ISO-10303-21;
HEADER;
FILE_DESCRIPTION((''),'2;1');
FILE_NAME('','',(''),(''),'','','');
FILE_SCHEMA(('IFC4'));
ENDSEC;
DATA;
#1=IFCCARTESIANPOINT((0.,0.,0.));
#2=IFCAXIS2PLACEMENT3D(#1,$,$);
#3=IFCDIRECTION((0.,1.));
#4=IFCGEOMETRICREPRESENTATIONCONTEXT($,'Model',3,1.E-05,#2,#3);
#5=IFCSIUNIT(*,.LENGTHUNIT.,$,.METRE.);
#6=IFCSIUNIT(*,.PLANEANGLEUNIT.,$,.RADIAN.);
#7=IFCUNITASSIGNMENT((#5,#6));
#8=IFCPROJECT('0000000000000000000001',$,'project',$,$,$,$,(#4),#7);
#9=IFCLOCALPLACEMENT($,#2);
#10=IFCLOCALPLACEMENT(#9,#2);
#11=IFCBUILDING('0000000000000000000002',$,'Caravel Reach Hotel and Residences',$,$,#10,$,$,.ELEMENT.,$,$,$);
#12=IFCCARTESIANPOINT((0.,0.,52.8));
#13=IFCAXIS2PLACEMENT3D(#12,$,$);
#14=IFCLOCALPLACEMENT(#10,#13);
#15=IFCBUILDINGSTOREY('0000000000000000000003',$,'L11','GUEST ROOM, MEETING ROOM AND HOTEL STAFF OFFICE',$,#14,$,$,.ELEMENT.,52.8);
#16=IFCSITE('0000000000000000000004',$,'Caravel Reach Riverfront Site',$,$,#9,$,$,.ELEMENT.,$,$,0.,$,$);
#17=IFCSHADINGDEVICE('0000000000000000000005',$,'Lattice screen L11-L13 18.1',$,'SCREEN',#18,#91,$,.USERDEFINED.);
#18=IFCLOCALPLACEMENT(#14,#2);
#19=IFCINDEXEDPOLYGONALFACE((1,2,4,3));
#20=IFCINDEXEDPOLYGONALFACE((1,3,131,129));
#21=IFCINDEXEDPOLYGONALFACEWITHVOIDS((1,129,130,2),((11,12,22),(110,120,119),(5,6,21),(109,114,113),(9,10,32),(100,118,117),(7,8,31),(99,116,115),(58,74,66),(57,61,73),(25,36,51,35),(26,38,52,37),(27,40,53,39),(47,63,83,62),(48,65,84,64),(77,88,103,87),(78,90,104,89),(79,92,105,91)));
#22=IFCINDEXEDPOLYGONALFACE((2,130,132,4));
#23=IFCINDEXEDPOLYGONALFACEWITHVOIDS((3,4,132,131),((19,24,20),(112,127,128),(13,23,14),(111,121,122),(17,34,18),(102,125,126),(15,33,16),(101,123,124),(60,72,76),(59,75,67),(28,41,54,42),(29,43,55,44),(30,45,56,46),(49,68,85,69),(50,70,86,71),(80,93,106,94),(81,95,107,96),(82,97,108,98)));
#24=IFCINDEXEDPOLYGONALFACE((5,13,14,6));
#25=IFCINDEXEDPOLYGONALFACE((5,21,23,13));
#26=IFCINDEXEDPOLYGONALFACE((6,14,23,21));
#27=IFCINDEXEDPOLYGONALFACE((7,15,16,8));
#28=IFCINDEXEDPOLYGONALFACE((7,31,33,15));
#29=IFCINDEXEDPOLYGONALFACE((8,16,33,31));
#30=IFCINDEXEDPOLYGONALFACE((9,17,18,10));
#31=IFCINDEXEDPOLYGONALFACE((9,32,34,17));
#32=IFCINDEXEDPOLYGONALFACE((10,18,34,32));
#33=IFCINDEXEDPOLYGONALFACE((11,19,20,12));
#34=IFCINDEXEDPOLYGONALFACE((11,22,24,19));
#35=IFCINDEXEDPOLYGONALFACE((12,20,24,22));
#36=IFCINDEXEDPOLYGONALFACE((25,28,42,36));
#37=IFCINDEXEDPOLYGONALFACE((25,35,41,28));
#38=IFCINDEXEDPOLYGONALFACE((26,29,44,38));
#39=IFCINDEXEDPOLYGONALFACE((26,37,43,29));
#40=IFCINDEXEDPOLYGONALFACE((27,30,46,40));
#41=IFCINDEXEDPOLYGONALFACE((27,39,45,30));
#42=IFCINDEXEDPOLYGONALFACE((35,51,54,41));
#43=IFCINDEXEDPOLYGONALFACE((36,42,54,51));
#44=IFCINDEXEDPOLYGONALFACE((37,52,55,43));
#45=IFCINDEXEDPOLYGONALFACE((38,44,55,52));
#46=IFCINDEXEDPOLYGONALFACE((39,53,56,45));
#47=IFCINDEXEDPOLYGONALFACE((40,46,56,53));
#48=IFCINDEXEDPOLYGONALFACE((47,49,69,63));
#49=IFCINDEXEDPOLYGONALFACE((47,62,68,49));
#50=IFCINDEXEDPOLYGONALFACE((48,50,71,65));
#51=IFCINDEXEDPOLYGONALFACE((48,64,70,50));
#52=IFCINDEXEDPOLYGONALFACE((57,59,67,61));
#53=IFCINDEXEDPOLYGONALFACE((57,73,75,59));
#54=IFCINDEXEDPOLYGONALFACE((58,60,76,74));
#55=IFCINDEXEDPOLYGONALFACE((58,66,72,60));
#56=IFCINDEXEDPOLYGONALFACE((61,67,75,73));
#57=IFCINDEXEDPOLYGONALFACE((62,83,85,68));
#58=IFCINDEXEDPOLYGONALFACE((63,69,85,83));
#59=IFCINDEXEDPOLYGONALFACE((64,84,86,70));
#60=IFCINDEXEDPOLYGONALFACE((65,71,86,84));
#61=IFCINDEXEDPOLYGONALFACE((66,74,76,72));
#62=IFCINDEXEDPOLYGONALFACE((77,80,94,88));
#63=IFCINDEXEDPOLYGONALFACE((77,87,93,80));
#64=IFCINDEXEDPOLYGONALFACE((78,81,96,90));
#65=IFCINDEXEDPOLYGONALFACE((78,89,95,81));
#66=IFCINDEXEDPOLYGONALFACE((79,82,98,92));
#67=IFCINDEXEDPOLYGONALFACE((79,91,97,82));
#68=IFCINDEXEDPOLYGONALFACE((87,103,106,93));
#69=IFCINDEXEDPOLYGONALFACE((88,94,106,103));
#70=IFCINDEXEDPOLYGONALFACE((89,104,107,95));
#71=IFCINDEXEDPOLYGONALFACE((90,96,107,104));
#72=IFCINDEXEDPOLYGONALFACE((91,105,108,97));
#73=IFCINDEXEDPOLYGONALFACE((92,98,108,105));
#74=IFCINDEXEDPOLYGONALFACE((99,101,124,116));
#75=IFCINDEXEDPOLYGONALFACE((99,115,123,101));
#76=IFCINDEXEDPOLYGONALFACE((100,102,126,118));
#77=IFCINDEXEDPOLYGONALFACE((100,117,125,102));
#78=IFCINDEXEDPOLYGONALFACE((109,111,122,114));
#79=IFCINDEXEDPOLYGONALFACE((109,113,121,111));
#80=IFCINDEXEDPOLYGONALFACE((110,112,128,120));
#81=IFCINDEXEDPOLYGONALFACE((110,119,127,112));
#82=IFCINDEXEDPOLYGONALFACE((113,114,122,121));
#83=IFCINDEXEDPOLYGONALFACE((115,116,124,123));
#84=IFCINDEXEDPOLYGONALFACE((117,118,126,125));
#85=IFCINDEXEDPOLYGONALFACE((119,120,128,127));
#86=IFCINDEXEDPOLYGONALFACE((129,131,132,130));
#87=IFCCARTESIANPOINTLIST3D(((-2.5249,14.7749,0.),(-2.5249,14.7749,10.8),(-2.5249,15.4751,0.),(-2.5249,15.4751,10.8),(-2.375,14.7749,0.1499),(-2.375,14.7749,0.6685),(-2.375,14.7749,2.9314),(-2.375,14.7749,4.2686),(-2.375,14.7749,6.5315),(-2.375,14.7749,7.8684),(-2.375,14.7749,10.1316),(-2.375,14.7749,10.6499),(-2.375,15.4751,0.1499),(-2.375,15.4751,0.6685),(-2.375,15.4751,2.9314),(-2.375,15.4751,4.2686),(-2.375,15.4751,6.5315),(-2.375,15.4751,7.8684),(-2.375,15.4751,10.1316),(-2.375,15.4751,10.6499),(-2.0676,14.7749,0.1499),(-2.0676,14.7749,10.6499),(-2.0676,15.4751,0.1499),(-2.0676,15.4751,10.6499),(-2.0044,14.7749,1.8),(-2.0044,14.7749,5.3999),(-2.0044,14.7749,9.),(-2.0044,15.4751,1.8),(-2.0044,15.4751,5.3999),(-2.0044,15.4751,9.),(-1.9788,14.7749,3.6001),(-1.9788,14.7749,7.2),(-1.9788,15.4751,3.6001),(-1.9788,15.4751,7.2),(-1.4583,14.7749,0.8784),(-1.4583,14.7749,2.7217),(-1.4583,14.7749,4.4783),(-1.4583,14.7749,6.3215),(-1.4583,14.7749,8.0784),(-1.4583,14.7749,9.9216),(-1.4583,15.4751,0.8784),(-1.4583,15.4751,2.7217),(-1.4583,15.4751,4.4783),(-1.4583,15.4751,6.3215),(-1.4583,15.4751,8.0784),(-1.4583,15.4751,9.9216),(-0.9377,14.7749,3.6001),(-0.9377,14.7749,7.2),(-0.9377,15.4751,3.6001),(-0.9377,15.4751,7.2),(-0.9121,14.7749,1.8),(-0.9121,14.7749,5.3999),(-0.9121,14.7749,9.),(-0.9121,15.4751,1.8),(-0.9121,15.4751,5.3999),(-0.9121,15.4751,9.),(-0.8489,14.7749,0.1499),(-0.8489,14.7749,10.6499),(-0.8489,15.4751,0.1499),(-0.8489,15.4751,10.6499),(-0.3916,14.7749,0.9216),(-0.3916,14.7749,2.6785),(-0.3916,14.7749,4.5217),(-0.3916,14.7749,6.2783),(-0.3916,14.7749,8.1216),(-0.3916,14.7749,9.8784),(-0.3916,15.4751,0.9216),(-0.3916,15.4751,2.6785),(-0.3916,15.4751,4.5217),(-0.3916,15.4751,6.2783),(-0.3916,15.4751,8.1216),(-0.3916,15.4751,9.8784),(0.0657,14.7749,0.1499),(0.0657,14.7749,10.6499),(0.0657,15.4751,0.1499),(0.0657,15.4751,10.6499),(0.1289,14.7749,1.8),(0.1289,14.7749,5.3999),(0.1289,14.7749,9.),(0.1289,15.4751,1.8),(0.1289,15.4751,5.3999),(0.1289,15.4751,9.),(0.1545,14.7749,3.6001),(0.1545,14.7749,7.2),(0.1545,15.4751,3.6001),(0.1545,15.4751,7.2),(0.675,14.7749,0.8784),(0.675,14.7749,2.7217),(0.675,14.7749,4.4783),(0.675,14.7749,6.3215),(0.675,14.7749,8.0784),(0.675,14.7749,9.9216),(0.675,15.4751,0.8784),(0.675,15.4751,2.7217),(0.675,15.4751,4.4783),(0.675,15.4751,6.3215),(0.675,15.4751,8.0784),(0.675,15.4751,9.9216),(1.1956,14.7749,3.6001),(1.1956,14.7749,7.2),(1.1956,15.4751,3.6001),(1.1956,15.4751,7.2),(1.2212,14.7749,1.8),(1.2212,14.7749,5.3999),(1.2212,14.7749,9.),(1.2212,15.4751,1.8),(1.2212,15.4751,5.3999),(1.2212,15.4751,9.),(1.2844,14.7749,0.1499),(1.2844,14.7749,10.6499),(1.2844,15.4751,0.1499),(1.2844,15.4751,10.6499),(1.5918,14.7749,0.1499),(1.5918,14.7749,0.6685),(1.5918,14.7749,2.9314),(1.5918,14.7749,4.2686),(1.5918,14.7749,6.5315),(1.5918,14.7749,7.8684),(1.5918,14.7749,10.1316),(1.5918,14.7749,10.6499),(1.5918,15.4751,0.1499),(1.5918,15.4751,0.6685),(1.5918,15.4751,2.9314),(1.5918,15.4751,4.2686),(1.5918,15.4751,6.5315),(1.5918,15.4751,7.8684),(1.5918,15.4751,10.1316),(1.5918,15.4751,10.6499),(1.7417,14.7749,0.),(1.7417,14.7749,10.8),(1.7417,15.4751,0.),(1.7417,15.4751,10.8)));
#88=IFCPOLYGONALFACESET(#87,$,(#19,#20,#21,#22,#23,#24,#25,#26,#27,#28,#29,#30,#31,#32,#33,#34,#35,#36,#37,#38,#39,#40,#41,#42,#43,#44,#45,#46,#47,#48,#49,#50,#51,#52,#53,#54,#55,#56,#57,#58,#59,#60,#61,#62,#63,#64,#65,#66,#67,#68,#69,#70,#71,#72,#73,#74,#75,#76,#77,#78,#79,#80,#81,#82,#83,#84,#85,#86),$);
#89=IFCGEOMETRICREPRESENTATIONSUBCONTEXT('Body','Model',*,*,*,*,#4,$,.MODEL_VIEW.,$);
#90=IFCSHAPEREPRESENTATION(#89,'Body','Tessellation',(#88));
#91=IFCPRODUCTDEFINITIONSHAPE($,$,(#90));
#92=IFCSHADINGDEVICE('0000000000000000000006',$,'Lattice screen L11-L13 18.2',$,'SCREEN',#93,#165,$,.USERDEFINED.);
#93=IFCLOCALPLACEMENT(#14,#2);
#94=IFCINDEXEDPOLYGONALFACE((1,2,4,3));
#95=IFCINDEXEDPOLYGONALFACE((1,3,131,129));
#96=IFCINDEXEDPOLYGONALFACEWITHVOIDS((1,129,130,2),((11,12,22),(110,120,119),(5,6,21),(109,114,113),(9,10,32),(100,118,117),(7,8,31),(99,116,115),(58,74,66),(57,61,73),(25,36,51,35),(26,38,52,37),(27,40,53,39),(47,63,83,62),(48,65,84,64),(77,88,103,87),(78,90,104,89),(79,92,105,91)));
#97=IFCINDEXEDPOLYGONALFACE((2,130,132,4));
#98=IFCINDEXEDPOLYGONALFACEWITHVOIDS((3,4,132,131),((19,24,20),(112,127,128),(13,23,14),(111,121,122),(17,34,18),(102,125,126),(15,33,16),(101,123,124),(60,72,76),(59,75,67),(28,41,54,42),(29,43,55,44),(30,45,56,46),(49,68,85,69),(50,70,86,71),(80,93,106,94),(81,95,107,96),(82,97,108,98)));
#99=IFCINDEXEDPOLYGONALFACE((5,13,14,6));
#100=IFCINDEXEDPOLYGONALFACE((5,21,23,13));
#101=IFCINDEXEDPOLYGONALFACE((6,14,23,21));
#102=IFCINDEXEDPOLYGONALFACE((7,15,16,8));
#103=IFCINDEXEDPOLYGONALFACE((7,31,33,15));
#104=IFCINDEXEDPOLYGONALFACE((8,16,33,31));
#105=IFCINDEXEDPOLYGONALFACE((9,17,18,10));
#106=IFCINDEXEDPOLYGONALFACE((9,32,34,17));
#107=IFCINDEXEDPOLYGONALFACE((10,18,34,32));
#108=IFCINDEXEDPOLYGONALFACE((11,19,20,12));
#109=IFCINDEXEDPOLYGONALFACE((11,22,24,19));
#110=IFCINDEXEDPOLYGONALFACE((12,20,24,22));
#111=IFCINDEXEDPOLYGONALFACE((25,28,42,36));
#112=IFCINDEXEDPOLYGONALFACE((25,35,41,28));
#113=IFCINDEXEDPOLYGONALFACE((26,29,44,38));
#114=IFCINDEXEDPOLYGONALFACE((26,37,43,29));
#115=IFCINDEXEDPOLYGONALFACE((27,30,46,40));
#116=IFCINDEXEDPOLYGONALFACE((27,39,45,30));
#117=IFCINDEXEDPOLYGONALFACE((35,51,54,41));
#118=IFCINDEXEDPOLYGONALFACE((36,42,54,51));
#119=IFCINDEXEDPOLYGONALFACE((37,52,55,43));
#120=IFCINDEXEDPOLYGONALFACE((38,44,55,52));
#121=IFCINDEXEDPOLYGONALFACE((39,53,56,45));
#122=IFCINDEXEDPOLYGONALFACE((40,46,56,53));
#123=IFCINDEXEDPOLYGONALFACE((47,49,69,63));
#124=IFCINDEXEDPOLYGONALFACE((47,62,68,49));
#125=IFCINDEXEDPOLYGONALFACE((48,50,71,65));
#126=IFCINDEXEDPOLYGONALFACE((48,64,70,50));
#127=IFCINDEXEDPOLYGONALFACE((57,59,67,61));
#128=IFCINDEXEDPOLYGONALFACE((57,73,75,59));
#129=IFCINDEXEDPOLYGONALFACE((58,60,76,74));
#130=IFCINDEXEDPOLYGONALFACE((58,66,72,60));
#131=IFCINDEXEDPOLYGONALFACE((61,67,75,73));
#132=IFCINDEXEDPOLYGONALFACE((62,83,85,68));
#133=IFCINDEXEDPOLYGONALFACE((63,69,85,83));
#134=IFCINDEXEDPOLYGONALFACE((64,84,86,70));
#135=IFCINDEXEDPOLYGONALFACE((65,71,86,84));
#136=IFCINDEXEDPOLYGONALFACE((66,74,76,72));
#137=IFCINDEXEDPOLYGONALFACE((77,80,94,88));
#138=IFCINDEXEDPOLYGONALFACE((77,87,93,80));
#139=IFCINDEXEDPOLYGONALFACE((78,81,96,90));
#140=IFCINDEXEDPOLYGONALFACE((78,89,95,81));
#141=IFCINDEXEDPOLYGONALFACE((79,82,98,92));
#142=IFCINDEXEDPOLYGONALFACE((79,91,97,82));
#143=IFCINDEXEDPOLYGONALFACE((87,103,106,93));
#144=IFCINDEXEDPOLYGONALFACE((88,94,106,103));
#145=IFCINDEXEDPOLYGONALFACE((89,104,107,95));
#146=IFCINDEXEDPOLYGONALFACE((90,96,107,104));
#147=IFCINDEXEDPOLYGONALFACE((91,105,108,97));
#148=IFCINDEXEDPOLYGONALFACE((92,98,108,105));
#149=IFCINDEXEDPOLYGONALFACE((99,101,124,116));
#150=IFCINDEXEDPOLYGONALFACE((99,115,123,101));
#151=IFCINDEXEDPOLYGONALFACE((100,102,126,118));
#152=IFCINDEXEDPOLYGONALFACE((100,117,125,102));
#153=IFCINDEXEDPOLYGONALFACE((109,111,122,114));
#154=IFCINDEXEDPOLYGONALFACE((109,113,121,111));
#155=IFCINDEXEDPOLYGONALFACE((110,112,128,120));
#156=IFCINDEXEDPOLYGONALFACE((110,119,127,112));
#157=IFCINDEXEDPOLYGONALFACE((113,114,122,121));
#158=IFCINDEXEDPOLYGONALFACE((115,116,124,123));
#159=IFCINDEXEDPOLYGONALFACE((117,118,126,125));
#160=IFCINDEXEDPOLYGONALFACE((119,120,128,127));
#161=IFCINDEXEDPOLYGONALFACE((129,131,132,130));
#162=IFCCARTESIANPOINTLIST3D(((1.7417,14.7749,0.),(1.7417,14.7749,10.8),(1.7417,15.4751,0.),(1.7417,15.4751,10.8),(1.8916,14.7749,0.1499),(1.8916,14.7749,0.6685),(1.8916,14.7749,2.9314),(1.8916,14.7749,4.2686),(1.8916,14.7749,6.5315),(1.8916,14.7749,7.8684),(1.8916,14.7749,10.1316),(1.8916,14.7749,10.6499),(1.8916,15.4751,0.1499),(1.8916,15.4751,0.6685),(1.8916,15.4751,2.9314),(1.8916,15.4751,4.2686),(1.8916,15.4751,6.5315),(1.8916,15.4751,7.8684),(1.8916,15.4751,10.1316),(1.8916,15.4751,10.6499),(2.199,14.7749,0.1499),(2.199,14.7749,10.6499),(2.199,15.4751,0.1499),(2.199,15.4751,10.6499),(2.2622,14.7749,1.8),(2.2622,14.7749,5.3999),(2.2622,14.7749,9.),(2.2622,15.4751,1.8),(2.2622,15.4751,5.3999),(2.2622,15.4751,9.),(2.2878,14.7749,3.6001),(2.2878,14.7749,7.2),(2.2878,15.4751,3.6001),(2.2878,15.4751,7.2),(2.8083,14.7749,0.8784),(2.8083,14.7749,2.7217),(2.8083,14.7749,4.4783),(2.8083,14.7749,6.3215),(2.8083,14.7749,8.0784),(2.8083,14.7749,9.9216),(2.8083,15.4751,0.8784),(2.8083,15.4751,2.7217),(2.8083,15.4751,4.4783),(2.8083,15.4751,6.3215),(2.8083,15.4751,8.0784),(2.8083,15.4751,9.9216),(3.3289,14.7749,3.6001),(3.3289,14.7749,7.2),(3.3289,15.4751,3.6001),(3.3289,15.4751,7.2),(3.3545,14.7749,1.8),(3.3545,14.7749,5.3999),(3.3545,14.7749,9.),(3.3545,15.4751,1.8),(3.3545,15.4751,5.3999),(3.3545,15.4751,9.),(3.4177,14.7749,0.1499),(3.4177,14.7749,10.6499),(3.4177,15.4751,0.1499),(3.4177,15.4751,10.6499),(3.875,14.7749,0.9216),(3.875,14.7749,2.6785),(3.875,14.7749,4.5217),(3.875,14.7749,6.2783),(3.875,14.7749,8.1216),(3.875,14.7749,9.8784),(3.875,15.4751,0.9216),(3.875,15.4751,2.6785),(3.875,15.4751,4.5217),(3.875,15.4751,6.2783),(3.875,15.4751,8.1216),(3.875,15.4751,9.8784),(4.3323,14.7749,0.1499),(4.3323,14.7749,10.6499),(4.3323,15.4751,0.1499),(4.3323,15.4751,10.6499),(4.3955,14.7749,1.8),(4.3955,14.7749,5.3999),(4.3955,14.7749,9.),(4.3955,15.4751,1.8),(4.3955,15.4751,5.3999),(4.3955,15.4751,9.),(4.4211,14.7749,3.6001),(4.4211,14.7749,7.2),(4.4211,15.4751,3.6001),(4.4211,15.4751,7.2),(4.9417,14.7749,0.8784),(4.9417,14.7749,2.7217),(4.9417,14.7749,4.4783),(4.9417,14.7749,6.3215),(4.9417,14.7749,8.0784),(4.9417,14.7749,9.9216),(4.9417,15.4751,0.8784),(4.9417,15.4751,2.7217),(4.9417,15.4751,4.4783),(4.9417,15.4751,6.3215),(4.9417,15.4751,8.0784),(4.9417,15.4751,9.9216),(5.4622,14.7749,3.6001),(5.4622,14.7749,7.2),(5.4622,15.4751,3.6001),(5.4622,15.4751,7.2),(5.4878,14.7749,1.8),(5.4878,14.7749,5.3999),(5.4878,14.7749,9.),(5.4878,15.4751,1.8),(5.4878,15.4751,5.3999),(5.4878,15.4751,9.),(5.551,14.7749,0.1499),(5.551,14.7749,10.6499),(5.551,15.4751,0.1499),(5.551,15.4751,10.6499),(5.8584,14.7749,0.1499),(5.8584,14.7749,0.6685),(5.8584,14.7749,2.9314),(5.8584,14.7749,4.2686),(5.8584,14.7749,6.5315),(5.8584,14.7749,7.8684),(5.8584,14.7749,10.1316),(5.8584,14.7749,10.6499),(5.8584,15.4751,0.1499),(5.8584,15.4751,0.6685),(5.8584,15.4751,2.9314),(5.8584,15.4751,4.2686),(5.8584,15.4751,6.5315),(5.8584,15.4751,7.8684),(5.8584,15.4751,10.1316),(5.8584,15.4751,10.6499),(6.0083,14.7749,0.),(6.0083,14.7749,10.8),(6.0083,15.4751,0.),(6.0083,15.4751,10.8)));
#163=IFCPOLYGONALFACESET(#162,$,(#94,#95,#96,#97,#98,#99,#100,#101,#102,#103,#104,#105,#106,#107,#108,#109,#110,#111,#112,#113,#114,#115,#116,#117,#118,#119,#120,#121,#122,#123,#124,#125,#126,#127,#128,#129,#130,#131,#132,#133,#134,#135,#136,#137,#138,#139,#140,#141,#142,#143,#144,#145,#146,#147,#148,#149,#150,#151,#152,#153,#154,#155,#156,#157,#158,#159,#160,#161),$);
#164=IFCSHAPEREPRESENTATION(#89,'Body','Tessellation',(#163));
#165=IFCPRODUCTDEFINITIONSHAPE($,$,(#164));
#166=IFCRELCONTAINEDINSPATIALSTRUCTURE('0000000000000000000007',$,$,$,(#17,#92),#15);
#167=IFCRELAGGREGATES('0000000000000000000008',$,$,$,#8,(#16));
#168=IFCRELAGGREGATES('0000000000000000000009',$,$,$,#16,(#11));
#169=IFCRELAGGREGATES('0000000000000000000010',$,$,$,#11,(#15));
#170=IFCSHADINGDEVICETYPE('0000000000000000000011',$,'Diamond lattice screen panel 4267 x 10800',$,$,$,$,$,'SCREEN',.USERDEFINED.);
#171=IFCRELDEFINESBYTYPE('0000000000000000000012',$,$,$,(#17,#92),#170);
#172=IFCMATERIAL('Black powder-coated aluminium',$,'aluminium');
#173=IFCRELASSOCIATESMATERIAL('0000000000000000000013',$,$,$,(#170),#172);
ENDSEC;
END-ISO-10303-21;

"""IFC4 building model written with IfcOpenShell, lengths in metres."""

from ifc_helpers import new_model, si_unit, direction, frame, origin, place, context, subcontext, project, spatial, polyline, outline, extrude, material, type_object, element, save


model = new_model("IFC4")

# Units and contexts
model_context = context("Model", 3, precision=1e-05, world=origin(), true_north=direction((0.0, 1.0)))
body_context = subcontext(model_context, "Body", "Model", "MODEL_VIEW")
ifc_project = project(units=[si_unit("LENGTHUNIT", "METRE"), si_unit("PLANEANGLEUNIT", "RADIAN")], contexts=[model_context])

# Site, building, storey
site_placement = place(None, origin())
site = spatial("IfcSite", under=ifc_project, at=site_placement, Name="Caravel Reach Riverfront Site", CompositionType="ELEMENT", RefElevation=0.0)
building_placement = place(site_placement, origin())
building = spatial("IfcBuilding", under=site, at=building_placement, Name="Caravel Reach Hotel and Residences", CompositionType="ELEMENT")
storey_placement = place(building_placement, frame((0.0, 0.0, 52.8)))
storey = spatial("IfcBuildingStorey", under=building, at=storey_placement, Name="L11", Description="GUEST ROOM, MEETING ROOM AND HOTEL STAFF OFFICE", CompositionType="ELEMENT", Elevation=52.8)

# Shading devices
ifc_material_1 = material(Name="Black powder-coated aluminium", Category="aluminium")
shading_device_type_1 = type_object("IfcShadingDeviceType", Name="Diamond lattice screen panel 4267 x 10800", ElementType="SCREEN", PredefinedType="USERDEFINED", material=ifc_material_1)
shading_device_1_placement = place(storey_placement, frame((-2.5249, 15.4751, 0.0), z_axis=(0.0, -1.0, 0.0), x_axis=(1.0, 0.0, 0.0)))
element("IfcShadingDevice", 1, at=shading_device_1_placement, inside=storey, type_object=shading_device_type_1, Name="Lattice screen L11-L13 18.1", ObjectType="SCREEN", PredefinedType="USERDEFINED", context=body_context, shape_type="SweptSolid", body=[
    extrude(outline(polyline([(0.0, 0.0), (4.2666, 0.0), (4.2666, 10.8), (0.0, 10.8), (0.0, 0.0)]), holes=[polyline([(0.4573, 0.1499), (0.1499, 0.6685), (0.1499, 0.1499), (0.4573, 0.1499)]), polyline([(0.5461, 3.6001), (0.1499, 4.2686), (0.1499, 2.9314), (0.5461, 3.6001)]), polyline([(0.5461, 7.2), (0.1499, 7.8684), (0.1499, 6.5315), (0.5461, 7.2)]), polyline([(0.1499, 10.1316), (0.4573, 10.6499), (0.1499, 10.6499), (0.1499, 10.1316)]), polyline([(1.0667, 2.7217), (0.5205, 1.8), (1.0667, 0.8784), (1.6128, 1.8), (1.0667, 2.7217)]), polyline([(1.0667, 6.3215), (0.5205, 5.3999), (1.0667, 4.4783), (1.6128, 5.3999), (1.0667, 6.3215)]), polyline([(1.0667, 9.9216), (0.5205, 9.0), (1.0667, 8.0784), (1.6128, 9.0), (1.0667, 9.9216)]), polyline([(2.1333, 0.9216), (1.676, 0.1499), (2.5906, 0.1499), (2.1333, 0.9216)]), polyline([(2.1333, 4.5217), (1.5872, 3.6001), (2.1333, 2.6785), (2.6794, 3.6001), (2.1333, 4.5217)]), polyline([(2.1333, 8.1216), (1.5872, 7.2), (2.1333, 6.2783), (2.6794, 7.2), (2.1333, 8.1216)]), polyline([(2.1333, 9.8784), (2.5906, 10.6499), (1.676, 10.6499), (2.1333, 9.8784)]), polyline([(3.2, 2.7217), (2.6538, 1.8), (3.2, 0.8784), (3.7461, 1.8), (3.2, 2.7217)]), polyline([(3.2, 6.3215), (2.6538, 5.3999), (3.2, 4.4783), (3.7461, 5.3999), (3.2, 6.3215)]), polyline([(3.2, 9.9216), (2.6538, 9.0), (3.2, 8.0784), (3.7461, 9.0), (3.2, 9.9216)]), polyline([(4.1167, 0.6685), (3.8093, 0.1499), (4.1167, 0.1499), (4.1167, 0.6685)]), polyline([(3.7205, 3.6001), (4.1167, 2.9314), (4.1167, 4.2686), (3.7205, 3.6001)]), polyline([(3.7205, 7.2), (4.1167, 6.5315), (4.1167, 7.8684), (3.7205, 7.2)]), polyline([(3.8093, 10.6499), (4.1167, 10.1316), (4.1167, 10.6499), (3.8093, 10.6499)])]), origin(), (0.0, 0.0, 1.0), 0.7002),
])
shading_device_2_placement = place(storey_placement, frame((1.7417, 15.4751, 0.0), z_axis=(0.0, -1.0, 0.0), x_axis=(1.0, 0.0, 0.0)))
element("IfcShadingDevice", 2, at=shading_device_2_placement, inside=storey, type_object=shading_device_type_1, Name="Lattice screen L11-L13 18.2", ObjectType="SCREEN", PredefinedType="USERDEFINED", context=body_context, shape_type="SweptSolid", body=[
    extrude(outline(polyline([(0.0, 0.0), (4.2666, 0.0), (4.2666, 10.8), (0.0, 10.8), (0.0, 0.0)]), holes=[polyline([(0.4573, 0.1499), (0.1499, 0.6685), (0.1499, 0.1499), (0.4573, 0.1499)]), polyline([(0.5461, 3.6001), (0.1499, 4.2686), (0.1499, 2.9314), (0.5461, 3.6001)]), polyline([(0.5461, 7.2), (0.1499, 7.8684), (0.1499, 6.5315), (0.5461, 7.2)]), polyline([(0.1499, 10.1316), (0.4573, 10.6499), (0.1499, 10.6499), (0.1499, 10.1316)]), polyline([(1.0667, 2.7217), (0.5205, 1.8), (1.0667, 0.8784), (1.6128, 1.8), (1.0667, 2.7217)]), polyline([(1.0667, 6.3215), (0.5205, 5.3999), (1.0667, 4.4783), (1.6128, 5.3999), (1.0667, 6.3215)]), polyline([(1.0667, 9.9216), (0.5205, 9.0), (1.0667, 8.0784), (1.6128, 9.0), (1.0667, 9.9216)]), polyline([(2.1333, 0.9216), (1.676, 0.1499), (2.5906, 0.1499), (2.1333, 0.9216)]), polyline([(2.1333, 4.5217), (1.5872, 3.6001), (2.1333, 2.6785), (2.6794, 3.6001), (2.1333, 4.5217)]), polyline([(2.1333, 8.1216), (1.5872, 7.2), (2.1333, 6.2783), (2.6794, 7.2), (2.1333, 8.1216)]), polyline([(2.1333, 9.8784), (2.5906, 10.6499), (1.676, 10.6499), (2.1333, 9.8784)]), polyline([(3.2, 2.7217), (2.6538, 1.8), (3.2, 0.8784), (3.7461, 1.8), (3.2, 2.7217)]), polyline([(3.2, 6.3215), (2.6538, 5.3999), (3.2, 4.4783), (3.7461, 5.3999), (3.2, 6.3215)]), polyline([(3.2, 9.9216), (2.6538, 9.0), (3.2, 8.0784), (3.7461, 9.0), (3.2, 9.9216)]), polyline([(4.1167, 0.6685), (3.8093, 0.1499), (4.1167, 0.1499), (4.1167, 0.6685)]), polyline([(3.7205, 3.6001), (4.1167, 2.9314), (4.1167, 4.2686), (3.7205, 3.6001)]), polyline([(3.7205, 7.2), (4.1167, 6.5315), (4.1167, 7.8684), (3.7205, 7.2)]), polyline([(3.8093, 10.6499), (4.1167, 10.1316), (4.1167, 10.6499), (3.8093, 10.6499)])]), origin(), (0.0, 0.0, 1.0), 0.7002),
])

save(model, "model.ifc")
